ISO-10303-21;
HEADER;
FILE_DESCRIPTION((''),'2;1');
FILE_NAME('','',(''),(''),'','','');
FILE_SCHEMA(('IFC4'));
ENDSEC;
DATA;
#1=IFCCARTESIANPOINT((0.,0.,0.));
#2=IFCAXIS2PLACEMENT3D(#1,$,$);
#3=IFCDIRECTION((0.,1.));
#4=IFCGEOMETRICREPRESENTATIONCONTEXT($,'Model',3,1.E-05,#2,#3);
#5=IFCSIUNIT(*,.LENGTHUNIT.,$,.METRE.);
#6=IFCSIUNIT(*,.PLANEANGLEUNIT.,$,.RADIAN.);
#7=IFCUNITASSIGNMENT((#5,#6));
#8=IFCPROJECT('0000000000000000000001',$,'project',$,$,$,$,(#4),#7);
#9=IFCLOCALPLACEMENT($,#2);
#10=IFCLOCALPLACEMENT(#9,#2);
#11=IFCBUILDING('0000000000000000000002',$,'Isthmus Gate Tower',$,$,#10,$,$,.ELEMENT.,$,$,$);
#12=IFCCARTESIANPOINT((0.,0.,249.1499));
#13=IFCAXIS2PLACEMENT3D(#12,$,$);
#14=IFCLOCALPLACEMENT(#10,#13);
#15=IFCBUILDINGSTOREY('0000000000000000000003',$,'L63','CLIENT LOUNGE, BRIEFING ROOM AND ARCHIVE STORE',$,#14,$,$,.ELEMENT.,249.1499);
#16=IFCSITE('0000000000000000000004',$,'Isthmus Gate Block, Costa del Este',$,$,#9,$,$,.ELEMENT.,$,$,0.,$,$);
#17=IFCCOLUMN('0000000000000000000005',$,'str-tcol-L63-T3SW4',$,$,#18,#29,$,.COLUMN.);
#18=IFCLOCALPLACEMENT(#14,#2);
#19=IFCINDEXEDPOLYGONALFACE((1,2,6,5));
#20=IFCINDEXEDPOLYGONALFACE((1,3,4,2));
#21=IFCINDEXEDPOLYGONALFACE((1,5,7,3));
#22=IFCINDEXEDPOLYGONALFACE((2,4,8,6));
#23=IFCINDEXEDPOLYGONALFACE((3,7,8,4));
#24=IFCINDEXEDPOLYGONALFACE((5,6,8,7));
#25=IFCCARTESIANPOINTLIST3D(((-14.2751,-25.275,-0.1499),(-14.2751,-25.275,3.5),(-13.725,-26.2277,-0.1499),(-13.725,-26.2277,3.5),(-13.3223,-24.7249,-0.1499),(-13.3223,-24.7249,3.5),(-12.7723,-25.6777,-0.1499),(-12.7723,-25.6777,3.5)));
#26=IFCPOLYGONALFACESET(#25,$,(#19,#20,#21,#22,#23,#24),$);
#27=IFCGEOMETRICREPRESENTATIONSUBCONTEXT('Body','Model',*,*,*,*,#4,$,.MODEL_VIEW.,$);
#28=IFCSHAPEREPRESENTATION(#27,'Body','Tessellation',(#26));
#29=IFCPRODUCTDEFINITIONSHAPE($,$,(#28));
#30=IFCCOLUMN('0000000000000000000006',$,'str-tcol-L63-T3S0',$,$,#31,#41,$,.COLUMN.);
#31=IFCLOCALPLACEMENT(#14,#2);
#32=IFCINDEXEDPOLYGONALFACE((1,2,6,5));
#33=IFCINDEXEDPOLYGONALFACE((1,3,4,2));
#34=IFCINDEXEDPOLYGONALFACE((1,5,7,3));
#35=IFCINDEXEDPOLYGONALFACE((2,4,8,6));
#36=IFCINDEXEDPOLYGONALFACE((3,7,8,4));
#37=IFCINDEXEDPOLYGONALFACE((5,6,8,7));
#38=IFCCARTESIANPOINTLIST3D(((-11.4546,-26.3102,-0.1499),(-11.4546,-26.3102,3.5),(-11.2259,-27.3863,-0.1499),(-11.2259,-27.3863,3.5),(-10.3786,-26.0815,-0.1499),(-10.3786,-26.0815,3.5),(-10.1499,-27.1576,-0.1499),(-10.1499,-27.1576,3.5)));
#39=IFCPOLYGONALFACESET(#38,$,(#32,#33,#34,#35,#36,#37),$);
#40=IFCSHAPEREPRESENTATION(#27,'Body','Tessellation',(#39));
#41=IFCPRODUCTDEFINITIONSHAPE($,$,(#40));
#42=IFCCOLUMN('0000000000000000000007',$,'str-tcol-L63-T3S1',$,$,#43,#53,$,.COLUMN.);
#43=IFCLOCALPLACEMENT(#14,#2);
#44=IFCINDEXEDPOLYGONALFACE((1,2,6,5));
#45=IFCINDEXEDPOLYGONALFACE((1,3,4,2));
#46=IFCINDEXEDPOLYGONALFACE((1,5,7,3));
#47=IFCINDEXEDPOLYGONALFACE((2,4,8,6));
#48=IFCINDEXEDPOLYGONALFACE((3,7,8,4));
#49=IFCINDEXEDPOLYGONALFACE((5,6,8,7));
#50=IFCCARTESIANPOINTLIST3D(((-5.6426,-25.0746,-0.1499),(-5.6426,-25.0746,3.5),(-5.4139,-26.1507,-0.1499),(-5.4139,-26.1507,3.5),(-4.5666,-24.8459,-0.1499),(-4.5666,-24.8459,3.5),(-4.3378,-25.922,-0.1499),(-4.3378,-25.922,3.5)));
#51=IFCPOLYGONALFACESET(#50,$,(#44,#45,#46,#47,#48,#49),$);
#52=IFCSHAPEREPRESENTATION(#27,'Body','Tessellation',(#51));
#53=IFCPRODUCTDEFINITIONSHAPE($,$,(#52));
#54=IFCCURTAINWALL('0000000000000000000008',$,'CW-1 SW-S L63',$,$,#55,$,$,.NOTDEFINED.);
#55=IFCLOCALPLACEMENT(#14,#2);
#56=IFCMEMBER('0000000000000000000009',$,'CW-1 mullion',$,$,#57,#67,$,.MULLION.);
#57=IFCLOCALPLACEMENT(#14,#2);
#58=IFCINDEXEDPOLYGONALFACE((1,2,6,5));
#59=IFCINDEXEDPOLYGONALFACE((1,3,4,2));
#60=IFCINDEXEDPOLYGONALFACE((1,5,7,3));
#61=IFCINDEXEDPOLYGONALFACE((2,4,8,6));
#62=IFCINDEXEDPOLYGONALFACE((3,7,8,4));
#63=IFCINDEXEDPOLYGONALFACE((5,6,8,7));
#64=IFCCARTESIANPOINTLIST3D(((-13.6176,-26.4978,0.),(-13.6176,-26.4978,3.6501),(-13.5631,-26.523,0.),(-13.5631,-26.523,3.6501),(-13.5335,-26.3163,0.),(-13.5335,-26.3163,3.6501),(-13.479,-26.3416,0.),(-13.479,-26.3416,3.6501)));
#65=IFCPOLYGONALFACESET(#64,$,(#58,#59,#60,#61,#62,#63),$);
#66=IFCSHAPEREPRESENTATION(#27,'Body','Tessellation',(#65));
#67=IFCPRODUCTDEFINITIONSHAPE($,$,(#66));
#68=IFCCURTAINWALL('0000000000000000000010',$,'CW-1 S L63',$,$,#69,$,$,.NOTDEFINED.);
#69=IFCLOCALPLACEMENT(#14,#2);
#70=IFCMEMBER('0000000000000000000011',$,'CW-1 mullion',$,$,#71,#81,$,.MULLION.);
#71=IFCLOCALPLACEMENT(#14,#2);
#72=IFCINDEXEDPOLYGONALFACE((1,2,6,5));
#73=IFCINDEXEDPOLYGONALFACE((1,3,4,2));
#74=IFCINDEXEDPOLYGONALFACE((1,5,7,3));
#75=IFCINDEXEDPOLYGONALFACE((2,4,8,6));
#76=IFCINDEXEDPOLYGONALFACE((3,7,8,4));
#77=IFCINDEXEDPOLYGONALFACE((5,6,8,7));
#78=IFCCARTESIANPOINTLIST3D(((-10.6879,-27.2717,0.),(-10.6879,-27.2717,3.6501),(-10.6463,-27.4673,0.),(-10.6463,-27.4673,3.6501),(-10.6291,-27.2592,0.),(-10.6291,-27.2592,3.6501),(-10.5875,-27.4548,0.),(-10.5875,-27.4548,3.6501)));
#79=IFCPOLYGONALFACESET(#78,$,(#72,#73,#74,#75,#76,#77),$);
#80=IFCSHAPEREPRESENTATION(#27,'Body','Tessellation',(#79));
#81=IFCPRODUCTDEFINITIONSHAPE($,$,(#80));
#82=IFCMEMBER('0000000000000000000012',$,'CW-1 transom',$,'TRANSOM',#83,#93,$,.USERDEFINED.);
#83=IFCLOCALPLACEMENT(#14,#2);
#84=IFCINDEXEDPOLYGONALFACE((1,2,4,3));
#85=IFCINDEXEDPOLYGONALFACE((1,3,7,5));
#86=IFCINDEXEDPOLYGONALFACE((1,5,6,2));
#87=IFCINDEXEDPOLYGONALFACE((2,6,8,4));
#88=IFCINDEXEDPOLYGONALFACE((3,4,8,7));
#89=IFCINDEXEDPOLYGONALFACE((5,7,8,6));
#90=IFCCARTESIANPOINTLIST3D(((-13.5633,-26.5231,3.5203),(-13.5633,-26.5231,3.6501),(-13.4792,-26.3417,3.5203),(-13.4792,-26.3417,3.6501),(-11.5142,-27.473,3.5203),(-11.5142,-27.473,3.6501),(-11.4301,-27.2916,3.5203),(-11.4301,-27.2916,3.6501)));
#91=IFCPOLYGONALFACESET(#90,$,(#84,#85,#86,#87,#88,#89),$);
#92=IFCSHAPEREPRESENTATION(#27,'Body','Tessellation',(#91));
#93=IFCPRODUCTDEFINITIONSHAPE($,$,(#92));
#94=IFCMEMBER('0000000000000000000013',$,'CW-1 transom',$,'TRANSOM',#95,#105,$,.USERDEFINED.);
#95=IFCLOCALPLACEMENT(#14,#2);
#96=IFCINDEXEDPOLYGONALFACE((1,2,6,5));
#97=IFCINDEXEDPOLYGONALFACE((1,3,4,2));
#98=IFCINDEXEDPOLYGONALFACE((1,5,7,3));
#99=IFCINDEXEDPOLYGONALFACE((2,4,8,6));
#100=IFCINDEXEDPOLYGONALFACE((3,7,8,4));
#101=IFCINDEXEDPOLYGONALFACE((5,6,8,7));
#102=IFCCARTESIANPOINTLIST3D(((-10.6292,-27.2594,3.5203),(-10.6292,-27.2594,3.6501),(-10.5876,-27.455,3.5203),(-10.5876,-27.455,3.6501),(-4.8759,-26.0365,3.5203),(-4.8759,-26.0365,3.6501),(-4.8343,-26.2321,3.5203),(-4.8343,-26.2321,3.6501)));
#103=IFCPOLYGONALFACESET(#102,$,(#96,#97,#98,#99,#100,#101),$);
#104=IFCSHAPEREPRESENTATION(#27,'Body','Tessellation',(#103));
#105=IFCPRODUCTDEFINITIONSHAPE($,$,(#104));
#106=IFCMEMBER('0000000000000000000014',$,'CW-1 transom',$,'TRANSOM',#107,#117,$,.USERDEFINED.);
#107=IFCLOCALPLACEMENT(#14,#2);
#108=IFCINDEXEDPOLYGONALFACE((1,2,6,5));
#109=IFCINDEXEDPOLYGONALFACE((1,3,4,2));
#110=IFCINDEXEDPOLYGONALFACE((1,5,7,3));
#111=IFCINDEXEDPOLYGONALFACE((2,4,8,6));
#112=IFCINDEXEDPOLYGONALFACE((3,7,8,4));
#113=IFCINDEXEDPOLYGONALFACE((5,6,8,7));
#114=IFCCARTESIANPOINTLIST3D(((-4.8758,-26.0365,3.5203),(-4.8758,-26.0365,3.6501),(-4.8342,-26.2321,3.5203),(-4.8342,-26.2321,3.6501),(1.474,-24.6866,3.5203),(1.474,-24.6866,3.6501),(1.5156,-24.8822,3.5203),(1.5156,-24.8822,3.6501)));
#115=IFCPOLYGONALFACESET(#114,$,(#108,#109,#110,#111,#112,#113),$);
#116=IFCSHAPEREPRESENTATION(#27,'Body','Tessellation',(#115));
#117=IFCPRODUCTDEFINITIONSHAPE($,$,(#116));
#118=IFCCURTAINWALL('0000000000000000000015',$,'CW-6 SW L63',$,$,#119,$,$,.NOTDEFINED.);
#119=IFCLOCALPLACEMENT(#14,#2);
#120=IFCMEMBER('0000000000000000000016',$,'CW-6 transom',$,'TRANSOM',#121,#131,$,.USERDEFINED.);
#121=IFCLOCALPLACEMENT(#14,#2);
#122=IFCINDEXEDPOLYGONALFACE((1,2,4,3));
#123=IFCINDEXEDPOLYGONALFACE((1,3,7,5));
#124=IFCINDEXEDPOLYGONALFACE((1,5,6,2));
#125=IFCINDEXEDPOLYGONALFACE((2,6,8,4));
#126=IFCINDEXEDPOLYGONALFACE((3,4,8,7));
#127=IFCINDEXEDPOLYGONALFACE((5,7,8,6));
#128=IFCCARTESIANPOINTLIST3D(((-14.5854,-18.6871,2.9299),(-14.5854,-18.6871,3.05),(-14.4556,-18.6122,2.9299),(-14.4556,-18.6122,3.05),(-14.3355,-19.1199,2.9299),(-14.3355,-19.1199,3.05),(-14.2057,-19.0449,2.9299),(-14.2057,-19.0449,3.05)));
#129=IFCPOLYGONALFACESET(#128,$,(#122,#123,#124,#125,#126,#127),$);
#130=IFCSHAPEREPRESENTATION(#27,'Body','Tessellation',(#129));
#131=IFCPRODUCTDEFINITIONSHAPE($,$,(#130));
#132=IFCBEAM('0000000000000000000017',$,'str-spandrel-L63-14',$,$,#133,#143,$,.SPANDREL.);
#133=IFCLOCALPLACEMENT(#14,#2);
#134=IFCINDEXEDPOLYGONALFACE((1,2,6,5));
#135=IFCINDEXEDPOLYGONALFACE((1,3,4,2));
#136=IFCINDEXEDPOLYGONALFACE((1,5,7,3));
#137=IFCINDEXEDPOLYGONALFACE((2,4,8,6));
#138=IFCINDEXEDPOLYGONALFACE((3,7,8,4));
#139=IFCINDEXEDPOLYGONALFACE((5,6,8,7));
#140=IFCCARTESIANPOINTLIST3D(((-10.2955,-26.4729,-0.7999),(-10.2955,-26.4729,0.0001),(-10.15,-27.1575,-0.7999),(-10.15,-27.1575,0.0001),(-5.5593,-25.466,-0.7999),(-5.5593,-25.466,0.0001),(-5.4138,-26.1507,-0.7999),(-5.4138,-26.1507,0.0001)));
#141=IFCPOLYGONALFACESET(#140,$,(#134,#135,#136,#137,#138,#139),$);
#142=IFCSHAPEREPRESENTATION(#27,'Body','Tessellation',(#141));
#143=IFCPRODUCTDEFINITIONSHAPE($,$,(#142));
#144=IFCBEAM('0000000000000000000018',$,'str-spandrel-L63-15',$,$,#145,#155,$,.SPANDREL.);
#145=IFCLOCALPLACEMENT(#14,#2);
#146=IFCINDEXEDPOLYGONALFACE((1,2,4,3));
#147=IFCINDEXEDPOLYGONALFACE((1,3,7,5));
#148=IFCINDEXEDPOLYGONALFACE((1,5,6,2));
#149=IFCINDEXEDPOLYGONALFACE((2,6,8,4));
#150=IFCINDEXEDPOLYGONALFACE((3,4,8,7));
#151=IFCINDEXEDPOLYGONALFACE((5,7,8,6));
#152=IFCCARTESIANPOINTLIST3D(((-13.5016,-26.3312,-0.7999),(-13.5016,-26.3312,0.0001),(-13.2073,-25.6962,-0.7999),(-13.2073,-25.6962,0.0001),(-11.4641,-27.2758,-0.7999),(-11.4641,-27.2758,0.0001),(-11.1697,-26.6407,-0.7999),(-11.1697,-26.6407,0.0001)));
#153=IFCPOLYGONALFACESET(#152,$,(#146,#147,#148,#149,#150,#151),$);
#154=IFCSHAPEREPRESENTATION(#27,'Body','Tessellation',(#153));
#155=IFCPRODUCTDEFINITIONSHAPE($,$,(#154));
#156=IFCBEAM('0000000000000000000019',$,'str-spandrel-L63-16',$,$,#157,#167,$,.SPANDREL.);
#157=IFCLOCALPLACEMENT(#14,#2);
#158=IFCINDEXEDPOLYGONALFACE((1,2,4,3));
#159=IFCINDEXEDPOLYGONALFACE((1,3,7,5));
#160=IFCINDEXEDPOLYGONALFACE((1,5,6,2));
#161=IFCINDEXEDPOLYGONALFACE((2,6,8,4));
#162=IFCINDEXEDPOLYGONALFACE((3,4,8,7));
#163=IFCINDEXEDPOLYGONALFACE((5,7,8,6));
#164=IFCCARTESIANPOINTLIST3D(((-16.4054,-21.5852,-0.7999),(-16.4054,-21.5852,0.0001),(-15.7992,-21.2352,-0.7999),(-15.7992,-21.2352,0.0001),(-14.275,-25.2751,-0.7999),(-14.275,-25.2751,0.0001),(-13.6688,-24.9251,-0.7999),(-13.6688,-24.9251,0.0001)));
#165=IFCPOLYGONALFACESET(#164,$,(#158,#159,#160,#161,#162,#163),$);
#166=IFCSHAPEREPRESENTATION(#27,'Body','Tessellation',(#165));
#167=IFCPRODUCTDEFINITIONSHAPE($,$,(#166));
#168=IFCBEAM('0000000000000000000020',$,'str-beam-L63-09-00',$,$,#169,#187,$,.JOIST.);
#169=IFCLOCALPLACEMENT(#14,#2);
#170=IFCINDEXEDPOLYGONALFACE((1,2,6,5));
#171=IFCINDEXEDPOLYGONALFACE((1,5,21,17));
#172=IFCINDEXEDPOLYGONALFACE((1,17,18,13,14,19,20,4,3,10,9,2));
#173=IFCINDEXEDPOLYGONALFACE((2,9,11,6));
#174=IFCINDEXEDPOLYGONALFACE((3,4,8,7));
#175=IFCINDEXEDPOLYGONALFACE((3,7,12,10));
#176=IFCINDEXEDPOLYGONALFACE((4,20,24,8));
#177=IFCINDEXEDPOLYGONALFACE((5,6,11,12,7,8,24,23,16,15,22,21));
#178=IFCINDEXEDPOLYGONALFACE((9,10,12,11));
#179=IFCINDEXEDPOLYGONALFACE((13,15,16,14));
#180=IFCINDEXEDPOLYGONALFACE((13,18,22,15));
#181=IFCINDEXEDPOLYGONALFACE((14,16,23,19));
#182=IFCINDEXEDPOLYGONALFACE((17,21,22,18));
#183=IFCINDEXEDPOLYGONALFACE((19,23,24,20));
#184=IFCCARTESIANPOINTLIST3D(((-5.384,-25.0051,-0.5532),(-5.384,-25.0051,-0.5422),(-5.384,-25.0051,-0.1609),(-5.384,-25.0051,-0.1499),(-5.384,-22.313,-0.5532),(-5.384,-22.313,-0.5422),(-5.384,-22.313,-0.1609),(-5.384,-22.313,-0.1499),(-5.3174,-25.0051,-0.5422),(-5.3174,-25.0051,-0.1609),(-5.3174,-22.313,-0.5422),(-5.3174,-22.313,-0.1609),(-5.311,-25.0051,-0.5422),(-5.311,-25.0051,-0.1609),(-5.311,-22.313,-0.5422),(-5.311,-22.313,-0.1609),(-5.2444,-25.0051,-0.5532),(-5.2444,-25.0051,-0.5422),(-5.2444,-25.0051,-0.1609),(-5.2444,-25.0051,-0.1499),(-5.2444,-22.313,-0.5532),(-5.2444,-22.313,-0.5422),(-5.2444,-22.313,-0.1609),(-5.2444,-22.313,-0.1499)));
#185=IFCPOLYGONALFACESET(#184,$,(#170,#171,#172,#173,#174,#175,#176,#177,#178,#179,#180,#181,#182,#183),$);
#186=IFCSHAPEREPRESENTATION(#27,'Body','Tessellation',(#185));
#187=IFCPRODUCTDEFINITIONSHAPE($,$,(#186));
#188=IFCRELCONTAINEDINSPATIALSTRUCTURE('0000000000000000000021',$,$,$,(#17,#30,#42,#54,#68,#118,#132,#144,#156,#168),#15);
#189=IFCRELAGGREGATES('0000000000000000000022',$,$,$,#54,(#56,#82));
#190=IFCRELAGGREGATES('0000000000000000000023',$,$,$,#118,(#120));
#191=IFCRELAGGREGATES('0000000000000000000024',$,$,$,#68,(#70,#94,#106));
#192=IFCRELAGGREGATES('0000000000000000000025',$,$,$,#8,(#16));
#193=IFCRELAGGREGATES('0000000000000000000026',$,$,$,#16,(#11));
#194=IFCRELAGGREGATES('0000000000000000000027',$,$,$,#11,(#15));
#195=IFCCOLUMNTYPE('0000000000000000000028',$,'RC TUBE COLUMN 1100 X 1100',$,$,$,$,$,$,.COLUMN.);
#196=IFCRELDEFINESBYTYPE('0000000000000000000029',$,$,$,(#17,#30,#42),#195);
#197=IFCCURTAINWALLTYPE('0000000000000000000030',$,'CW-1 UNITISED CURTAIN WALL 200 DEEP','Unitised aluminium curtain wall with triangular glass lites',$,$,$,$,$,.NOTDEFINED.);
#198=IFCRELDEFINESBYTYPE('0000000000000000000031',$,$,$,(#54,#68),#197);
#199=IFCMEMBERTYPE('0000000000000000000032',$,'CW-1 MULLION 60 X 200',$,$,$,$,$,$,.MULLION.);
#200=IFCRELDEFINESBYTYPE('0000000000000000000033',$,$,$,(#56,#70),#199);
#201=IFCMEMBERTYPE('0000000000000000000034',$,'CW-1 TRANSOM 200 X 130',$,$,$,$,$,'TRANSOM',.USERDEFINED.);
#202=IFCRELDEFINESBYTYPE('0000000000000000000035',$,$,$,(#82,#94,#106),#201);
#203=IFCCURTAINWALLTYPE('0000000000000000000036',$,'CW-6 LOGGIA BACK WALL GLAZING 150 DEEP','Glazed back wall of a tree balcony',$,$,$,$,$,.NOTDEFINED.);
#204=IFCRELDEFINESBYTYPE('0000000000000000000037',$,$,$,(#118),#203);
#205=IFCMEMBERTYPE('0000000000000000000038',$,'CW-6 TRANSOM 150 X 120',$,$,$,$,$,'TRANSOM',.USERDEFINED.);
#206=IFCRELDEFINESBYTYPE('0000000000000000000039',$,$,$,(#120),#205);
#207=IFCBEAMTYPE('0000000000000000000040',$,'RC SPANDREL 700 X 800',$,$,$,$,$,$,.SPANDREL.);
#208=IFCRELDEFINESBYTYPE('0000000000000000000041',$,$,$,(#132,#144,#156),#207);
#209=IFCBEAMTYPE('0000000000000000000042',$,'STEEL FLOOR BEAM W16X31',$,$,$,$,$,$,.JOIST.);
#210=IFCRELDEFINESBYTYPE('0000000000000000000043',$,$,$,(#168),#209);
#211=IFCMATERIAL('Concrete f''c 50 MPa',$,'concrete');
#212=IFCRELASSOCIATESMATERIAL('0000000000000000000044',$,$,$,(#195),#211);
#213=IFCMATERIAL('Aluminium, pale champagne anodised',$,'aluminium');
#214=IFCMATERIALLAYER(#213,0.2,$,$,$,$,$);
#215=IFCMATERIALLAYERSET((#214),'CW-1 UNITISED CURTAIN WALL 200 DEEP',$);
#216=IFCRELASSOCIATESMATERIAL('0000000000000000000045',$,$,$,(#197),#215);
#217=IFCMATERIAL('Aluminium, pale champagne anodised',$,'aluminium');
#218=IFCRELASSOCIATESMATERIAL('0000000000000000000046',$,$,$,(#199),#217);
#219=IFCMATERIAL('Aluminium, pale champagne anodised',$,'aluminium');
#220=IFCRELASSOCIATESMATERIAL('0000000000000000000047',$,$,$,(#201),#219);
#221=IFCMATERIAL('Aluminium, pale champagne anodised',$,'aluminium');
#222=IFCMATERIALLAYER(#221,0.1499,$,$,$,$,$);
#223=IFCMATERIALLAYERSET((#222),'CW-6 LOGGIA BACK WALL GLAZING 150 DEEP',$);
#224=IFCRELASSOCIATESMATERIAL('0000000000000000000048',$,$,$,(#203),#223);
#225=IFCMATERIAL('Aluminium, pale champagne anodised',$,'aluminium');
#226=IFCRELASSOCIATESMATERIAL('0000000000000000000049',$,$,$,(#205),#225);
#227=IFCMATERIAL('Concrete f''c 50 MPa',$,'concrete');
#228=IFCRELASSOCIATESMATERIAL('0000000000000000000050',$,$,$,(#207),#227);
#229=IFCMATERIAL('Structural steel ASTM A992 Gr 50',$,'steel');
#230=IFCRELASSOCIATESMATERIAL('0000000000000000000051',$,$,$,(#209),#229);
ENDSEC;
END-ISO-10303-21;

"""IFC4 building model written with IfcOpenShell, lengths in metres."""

from ifc_helpers import new_model, si_unit, direction, frame, origin, origin_2d, place, context, subcontext, project, spatial, rectangle, i_section, extrude, material, layer, layer_set, material_profile, profile_set, type_object, element, aggregate, save


model = new_model("IFC4")

# Units and contexts
model_context = context("Model", 3, precision=1e-05, world=origin(), true_north=direction((0.0, 1.0)))
body_context = subcontext(model_context, "Body", "Model", "MODEL_VIEW")
ifc_project = project(units=[si_unit("LENGTHUNIT", "METRE"), si_unit("PLANEANGLEUNIT", "RADIAN")], contexts=[model_context])

# Site, building, storey
site_placement = place(None, origin())
site = spatial("IfcSite", under=ifc_project, at=site_placement, Name="Isthmus Gate Block, Costa del Este", CompositionType="ELEMENT", RefElevation=0.0)
building_placement = place(site_placement, origin())
building = spatial("IfcBuilding", under=site, at=building_placement, Name="Isthmus Gate Tower", CompositionType="ELEMENT")
storey_placement = place(building_placement, frame((0.0, 0.0, 249.1499)))
storey = spatial("IfcBuildingStorey", under=building, at=storey_placement, Name="L63", Description="CLIENT LOUNGE, BRIEFING ROOM AND ARCHIVE STORE", CompositionType="ELEMENT", Elevation=249.1499)

# Columns
ifc_material_1 = material(Name="Concrete f'c 50 MPa", Category="concrete")
ifc_material_profile_1 = material_profile(ifc_material_1, rectangle(XDim=1.1001, YDim=1.1001, at=origin_2d()), Name="RC 1100X1100")
ifc_profile_set_1 = profile_set([ifc_material_profile_1], Name="Concrete f'c 50 MPa")
column_type = type_object("IfcColumnType", Name="RC TUBE COLUMN 1100 X 1100", PredefinedType="COLUMN", material=ifc_profile_set_1)
for number, where, z_axis, x_axis, name in (
    (1, (-13.5237, -25.4763, -0.1499), (0.0, 0.0, 1.0), (0.5, -0.866025, 0.0), "str-tcol-L63-T3SW4"),
    (2, (-10.8022, -26.7339, -0.1499), (0.0, 0.0, 1.0), (0.978148, 0.207912, 0.0), "str-tcol-L63-T3S0"),
    (3, (-4.9902, -25.4983, -0.1499), (0.0, 0.0, 1.0), (0.978148, 0.207912, 0.0), "str-tcol-L63-T3S1"),
):
    element("IfcColumn", number, at=place(storey_placement, frame(where, z_axis=z_axis, x_axis=x_axis)), inside=storey, type_object=column_type, Name=name, PredefinedType="COLUMN", context=body_context, shape_type="SweptSolid", body=[
        extrude(rectangle(XDim=1.1001, YDim=1.1001, at=origin_2d()), origin(), (0.0, 0.0, 1.0), 3.6499),
    ])

# Curtain walls, members
ifc_material_2 = material(Name="Aluminium, pale champagne anodised", Category="aluminium")
ifc_layer_1 = layer(ifc_material_2, 0.2)
ifc_layer_set_1 = layer_set([ifc_layer_1], Name="CW-1 UNITISED CURTAIN WALL 200 DEEP")
curtain_wall_type_1 = type_object("IfcCurtainWallType", Name="CW-1 UNITISED CURTAIN WALL 200 DEEP", Description="Unitised aluminium curtain wall with triangular glass lites", PredefinedType="NOTDEFINED", material=ifc_layer_set_1)
curtain_wall_1_placement = place(storey_placement, origin())
curtain_wall_1 = element("IfcCurtainWall", 4, at=curtain_wall_1_placement, inside=storey, type_object=curtain_wall_type_1, Name="CW-1 SW-S L63", PredefinedType="NOTDEFINED")
ifc_material_3 = material(Name="Aluminium, pale champagne anodised", Category="aluminium")
ifc_material_profile_2 = material_profile(ifc_material_3, rectangle(XDim=0.0601, YDim=0.2, at=origin_2d()), Name="60x200")
ifc_profile_set_2 = profile_set([ifc_material_profile_2], Name="Aluminium, pale champagne anodised")
member_type_1 = type_object("IfcMemberType", Name="CW-1 MULLION 60 X 200", PredefinedType="MULLION", material=ifc_profile_set_2)
member_1_placement = place(storey_placement, frame((-13.5483, -26.4197, 0.0), z_axis=(0.0, 0.0, 1.0), x_axis=(0.907256, -0.420578, 0.0)))
member_1 = element("IfcMember", 5, at=member_1_placement, type_object=member_type_1, Name="CW-1 mullion", PredefinedType="MULLION", context=body_context, shape_type="SweptSolid", body=[
    extrude(rectangle(XDim=0.0601, YDim=0.2, at=origin_2d()), origin(), (0.0, 0.0, 1.0), 3.6501),
])
curtain_wall_2_placement = place(storey_placement, origin())
curtain_wall_2 = element("IfcCurtainWall", 6, at=curtain_wall_2_placement, inside=storey, type_object=curtain_wall_type_1, Name="CW-1 S L63", PredefinedType="NOTDEFINED")
member_2_placement = place(storey_placement, frame((-10.6377, -27.3633, 0.0), z_axis=(0.0, 0.0, 1.0), x_axis=(0.978148, 0.207912, 0.0)))
member_2 = element("IfcMember", 7, at=member_2_placement, type_object=member_type_1, Name="CW-1 mullion", PredefinedType="MULLION", context=body_context, shape_type="SweptSolid", body=[
    extrude(rectangle(XDim=0.0601, YDim=0.2, at=origin_2d()), origin(), (0.0, 0.0, 1.0), 3.6501),
])

# Members
ifc_material_4 = material(Name="Aluminium, pale champagne anodised", Category="aluminium")
ifc_material_profile_3 = material_profile(ifc_material_4, rectangle(XDim=0.2, YDim=0.1299, at=origin_2d()), Name="200x130")
ifc_profile_set_3 = profile_set([ifc_material_profile_3], Name="Aluminium, pale champagne anodised")
member_type_2 = type_object("IfcMemberType", Name="CW-1 TRANSOM 200 X 130", ElementType="TRANSOM", PredefinedType="USERDEFINED", material=ifc_profile_set_3)
member_3_placement = place(storey_placement, frame((-13.5212, -26.4324, 3.5852), z_axis=(0.907246, -0.4206, 0.0), x_axis=(0.4206, 0.907246, 0.0)))
member_3 = element("IfcMember", 8, at=member_3_placement, type_object=member_type_2, Name="CW-1 transom", ObjectType="TRANSOM", PredefinedType="USERDEFINED", context=body_context, shape_type="SweptSolid", body=[
    extrude(rectangle(XDim=0.2, YDim=0.1299, at=origin_2d()), origin(), (0.0, 0.0, 1.0), 2.2585),
])
member_4_placement = place(storey_placement, frame((-10.6084, -27.3572, 3.5852), z_axis=(0.978149, 0.207907, 0.0), x_axis=(-0.207907, 0.978149, 0.0)))
member_4 = element("IfcMember", 9, at=member_4_placement, type_object=member_type_2, Name="CW-1 transom", ObjectType="TRANSOM", PredefinedType="USERDEFINED", context=body_context, shape_type="SweptSolid", body=[
    extrude(rectangle(XDim=0.2, YDim=0.1299, at=origin_2d()), origin(), (0.0, 0.0, 1.0), 5.8818),
])
member_5_placement = place(storey_placement, frame((-4.855, -26.1343, 3.5852), z_axis=(0.978143, 0.207934, 0.0), x_axis=(-0.207934, 0.978143, 0.0)))
member_5 = element("IfcMember", 10, at=member_5_placement, type_object=member_type_2, Name="CW-1 transom", ObjectType="TRANSOM", PredefinedType="USERDEFINED", context=body_context, shape_type="SweptSolid", body=[
    extrude(rectangle(XDim=0.2, YDim=0.1299, at=origin_2d()), origin(), (0.0, 0.0, 1.0), 6.4917),
])

# Curtain wall, member
ifc_material_5 = material(Name="Aluminium, pale champagne anodised", Category="aluminium")
ifc_layer_2 = layer(ifc_material_5, 0.1499)
ifc_layer_set_2 = layer_set([ifc_layer_2], Name="CW-6 LOGGIA BACK WALL GLAZING 150 DEEP")
curtain_wall_type_2 = type_object("IfcCurtainWallType", Name="CW-6 LOGGIA BACK WALL GLAZING 150 DEEP", Description="Glazed back wall of a tree balcony", PredefinedType="NOTDEFINED", material=ifc_layer_set_2)
curtain_wall_3_placement = place(storey_placement, origin())
curtain_wall_3 = element("IfcCurtainWall", 11, at=curtain_wall_3_placement, inside=storey, type_object=curtain_wall_type_2, Name="CW-6 SW L63", PredefinedType="NOTDEFINED")
ifc_material_6 = material(Name="Aluminium, pale champagne anodised", Category="aluminium")
ifc_material_profile_4 = material_profile(ifc_material_6, rectangle(XDim=0.1499, YDim=0.1201, at=origin_2d()), Name="150x120")
ifc_profile_set_4 = profile_set([ifc_material_profile_4], Name="Aluminium, pale champagne anodised")
member_type_3 = type_object("IfcMemberType", Name="CW-6 TRANSOM 150 X 120", ElementType="TRANSOM", PredefinedType="USERDEFINED", material=ifc_profile_set_4)
member_6_placement = place(storey_placement, frame((-14.5205, -18.6497, 2.99), z_axis=(0.500131, -0.86595, 0.0), x_axis=(0.86595, 0.500131, 0.0)))
member_6 = element("IfcMember", 12, at=member_6_placement, type_object=member_type_3, Name="CW-6 transom", ObjectType="TRANSOM", PredefinedType="USERDEFINED", context=body_context, shape_type="SweptSolid", body=[
    extrude(rectangle(XDim=0.1499, YDim=0.1201, at=origin_2d()), origin(), (0.0, 0.0, 1.0), 0.4998),
])

# Beams
ifc_material_7 = material(Name="Concrete f'c 50 MPa", Category="concrete")
ifc_material_profile_5 = material_profile(ifc_material_7, rectangle(XDim=0.7, YDim=0.8, at=origin_2d()), Name="RC 700X800")
ifc_profile_set_5 = profile_set([ifc_material_profile_5], Name="Concrete f'c 50 MPa")
beam_type_1 = type_object("IfcBeamType", Name="RC SPANDREL 700 X 800", PredefinedType="SPANDREL", material=ifc_profile_set_5)
beam_1_placement = place(storey_placement, frame((-5.4866, -25.8083, -0.3999), z_axis=(-0.978141, -0.207941, 0.0), x_axis=(0.207941, -0.978141, 0.0)))
element("IfcBeam", 13, at=beam_1_placement, inside=storey, type_object=beam_type_1, Name="str-spandrel-L63-14", PredefinedType="SPANDREL", context=body_context, shape_type="SweptSolid", body=[
    extrude(rectangle(XDim=0.7, YDim=0.8, at=origin_2d()), origin(), (0.0, 0.0, 1.0), 4.842),
])
beam_2_placement = place(storey_placement, frame((-11.3169, -26.9583, -0.3999), z_axis=(-0.907255, 0.420581, 0.0), x_axis=(-0.420581, -0.907255, 0.0)))
element("IfcBeam", 14, at=beam_2_placement, inside=storey, type_object=beam_type_1, Name="str-spandrel-L63-15", PredefinedType="SPANDREL", context=body_context, shape_type="SweptSolid", body=[
    extrude(rectangle(XDim=0.7, YDim=0.8, at=origin_2d()), origin(), (0.0, 0.0, 1.0), 2.2458),
])
beam_3_placement = place(storey_placement, frame((-13.9719, -25.1001, -0.3999), z_axis=(-0.499997, 0.866027, 0.0), x_axis=(-0.866027, -0.499997, 0.0)))
element("IfcBeam", 15, at=beam_3_placement, inside=storey, type_object=beam_type_1, Name="str-spandrel-L63-16", PredefinedType="SPANDREL", context=body_context, shape_type="SweptSolid", body=[
    extrude(rectangle(XDim=0.7, YDim=0.8, at=origin_2d()), origin(), (0.0, 0.0, 1.0), 4.2607),
])
ifc_material_8 = material(Name="Structural steel ASTM A992 Gr 50", Category="steel")
ifc_material_profile_6 = material_profile(ifc_material_8, i_section(OverallWidth=0.1396, OverallDepth=0.4033, WebThickness=0.0063, FlangeThickness=0.011, at=origin_2d()), Name="W16X31")
ifc_profile_set_6 = profile_set([ifc_material_profile_6], Name="Structural steel ASTM A992 Gr 50")
beam_type_2 = type_object("IfcBeamType", Name="STEEL FLOOR BEAM W16X31", PredefinedType="JOIST", material=ifc_profile_set_6)
beam_4_placement = place(storey_placement, frame((-5.3142, -25.0051, -0.3516), z_axis=(0.0, 1.0, 0.0), x_axis=(-1.0, 0.0, 0.0)))
element("IfcBeam", 16, at=beam_4_placement, inside=storey, type_object=beam_type_2, Name="str-beam-L63-09-00", PredefinedType="JOIST", context=body_context, shape_type="SweptSolid", body=[
    extrude(i_section(OverallWidth=0.1396, OverallDepth=0.4033, WebThickness=0.0063, FlangeThickness=0.011, at=origin_2d()), origin(), (0.0, 0.0, 1.0), 2.6921),
])

aggregate(curtain_wall_1, [member_1, member_3])
aggregate(curtain_wall_3, [member_6])

aggregate(curtain_wall_2, [member_2, member_4, member_5])

save(model, "model.ifc")
